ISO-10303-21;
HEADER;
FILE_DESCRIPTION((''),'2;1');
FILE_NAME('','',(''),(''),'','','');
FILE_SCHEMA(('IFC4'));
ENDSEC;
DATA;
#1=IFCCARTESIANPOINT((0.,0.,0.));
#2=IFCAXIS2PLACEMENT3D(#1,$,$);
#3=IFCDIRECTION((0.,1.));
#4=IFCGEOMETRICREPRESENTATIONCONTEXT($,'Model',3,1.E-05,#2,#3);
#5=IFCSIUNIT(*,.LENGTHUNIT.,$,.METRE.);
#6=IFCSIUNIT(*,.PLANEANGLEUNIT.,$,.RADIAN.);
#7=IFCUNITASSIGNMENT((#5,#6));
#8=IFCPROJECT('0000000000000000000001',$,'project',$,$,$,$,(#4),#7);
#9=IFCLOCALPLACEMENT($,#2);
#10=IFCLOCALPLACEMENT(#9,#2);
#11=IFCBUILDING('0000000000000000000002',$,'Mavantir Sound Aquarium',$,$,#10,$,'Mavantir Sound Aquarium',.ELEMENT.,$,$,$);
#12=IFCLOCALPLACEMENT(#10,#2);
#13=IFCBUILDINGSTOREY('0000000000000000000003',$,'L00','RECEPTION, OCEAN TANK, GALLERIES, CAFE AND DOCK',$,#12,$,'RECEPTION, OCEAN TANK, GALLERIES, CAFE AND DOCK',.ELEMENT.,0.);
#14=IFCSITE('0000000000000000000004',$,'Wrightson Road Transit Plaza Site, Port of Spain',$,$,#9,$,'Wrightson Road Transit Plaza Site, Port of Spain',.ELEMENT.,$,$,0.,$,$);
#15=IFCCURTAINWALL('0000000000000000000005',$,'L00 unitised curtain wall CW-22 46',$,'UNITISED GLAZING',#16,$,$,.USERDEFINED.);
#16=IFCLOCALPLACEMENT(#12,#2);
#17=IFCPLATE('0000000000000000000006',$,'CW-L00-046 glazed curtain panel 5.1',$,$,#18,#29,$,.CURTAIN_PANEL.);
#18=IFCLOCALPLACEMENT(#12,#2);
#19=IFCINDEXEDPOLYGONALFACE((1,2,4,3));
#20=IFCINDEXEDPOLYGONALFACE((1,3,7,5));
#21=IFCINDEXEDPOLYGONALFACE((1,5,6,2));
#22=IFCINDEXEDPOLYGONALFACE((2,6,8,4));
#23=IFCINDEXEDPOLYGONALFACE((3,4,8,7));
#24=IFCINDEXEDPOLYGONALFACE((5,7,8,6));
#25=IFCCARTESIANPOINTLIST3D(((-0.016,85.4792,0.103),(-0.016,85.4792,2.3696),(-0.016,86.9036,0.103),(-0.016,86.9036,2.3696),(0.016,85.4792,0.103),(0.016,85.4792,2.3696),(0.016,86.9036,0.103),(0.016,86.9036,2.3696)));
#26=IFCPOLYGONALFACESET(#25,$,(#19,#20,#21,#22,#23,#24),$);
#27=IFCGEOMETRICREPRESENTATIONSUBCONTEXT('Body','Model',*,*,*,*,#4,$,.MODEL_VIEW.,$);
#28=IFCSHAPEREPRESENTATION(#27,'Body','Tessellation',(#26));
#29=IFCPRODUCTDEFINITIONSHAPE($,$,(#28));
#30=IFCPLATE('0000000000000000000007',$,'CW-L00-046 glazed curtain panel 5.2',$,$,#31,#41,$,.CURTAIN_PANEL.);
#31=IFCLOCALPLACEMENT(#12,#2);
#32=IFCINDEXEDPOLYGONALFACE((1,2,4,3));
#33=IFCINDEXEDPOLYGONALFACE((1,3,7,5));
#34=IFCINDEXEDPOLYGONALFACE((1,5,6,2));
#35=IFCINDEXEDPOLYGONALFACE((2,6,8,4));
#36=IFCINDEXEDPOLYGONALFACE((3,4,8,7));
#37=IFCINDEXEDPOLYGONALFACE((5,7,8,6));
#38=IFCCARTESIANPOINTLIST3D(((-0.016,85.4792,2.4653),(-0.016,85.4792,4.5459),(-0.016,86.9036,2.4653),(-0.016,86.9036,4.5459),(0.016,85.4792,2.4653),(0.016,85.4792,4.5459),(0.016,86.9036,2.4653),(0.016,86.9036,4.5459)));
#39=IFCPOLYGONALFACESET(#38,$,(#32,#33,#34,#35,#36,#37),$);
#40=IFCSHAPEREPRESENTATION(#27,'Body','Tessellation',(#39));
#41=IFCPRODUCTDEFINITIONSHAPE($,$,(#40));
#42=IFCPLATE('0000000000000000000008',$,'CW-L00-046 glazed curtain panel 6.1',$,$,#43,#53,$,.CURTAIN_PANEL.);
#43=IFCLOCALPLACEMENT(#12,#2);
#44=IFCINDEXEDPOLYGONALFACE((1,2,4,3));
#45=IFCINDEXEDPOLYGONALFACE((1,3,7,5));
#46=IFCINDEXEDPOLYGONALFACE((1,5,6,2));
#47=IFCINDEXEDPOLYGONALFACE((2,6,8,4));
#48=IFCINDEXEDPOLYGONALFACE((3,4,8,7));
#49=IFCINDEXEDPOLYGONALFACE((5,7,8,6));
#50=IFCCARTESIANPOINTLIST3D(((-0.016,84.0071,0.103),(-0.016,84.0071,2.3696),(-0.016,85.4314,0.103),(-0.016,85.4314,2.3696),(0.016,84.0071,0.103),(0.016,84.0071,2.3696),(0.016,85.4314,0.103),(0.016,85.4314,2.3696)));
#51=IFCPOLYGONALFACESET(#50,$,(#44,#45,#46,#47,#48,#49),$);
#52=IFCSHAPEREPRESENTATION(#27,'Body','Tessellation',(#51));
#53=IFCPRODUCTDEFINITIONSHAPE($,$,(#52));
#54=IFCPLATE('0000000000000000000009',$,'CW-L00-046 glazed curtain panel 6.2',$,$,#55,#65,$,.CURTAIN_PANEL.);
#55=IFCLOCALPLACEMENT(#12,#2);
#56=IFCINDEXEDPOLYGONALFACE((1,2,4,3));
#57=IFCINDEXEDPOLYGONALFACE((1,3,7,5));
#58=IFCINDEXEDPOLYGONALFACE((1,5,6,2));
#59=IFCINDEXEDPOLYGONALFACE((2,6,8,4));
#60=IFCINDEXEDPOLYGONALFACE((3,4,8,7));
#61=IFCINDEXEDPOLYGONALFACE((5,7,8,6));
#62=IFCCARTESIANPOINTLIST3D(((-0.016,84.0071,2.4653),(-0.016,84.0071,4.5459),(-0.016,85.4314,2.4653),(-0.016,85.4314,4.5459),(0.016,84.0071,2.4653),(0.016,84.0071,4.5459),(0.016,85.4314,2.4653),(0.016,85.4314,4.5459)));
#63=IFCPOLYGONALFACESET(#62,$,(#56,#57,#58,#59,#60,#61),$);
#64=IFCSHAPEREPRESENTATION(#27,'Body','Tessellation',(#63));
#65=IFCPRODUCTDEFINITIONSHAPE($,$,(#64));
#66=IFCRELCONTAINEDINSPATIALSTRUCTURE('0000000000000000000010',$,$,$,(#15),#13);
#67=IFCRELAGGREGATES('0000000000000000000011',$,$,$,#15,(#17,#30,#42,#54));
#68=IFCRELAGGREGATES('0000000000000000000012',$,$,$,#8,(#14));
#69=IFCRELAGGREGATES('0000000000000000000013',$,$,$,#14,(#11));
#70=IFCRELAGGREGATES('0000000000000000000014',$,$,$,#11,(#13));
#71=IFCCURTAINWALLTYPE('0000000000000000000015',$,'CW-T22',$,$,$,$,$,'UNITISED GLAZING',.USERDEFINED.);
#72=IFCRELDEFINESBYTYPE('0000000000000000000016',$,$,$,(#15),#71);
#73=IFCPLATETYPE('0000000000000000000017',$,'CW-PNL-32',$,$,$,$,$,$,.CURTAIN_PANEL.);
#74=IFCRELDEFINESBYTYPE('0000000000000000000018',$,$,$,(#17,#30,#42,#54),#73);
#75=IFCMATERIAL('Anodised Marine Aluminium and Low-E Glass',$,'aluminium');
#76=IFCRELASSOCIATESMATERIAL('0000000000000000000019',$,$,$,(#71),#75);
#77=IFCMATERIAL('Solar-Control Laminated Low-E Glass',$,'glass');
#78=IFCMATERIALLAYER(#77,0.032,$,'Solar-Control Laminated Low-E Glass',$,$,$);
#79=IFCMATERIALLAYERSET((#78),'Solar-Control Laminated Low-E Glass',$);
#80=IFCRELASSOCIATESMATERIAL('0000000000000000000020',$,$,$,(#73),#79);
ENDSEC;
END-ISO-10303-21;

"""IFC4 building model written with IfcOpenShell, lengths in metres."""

from ifc_helpers import new_model, si_unit, direction, frame, origin, origin_2d, place, context, subcontext, project, spatial, rectangle, extrude, material, layer, layer_set, type_object, element, aggregate, save


model = new_model("IFC4")

# Units and contexts
model_context = context("Model", 3, precision=1e-05, world=origin(), true_north=direction((0.0, 1.0)))
body_context = subcontext(model_context, "Body", "Model", "MODEL_VIEW")
ifc_project = project(units=[si_unit("LENGTHUNIT", "METRE"), si_unit("PLANEANGLEUNIT", "RADIAN")], contexts=[model_context])

# Site, building, storey
site_placement = place(None, origin())
site = spatial("IfcSite", under=ifc_project, at=site_placement, Name="Wrightson Road Transit Plaza Site, Port of Spain", LongName="Wrightson Road Transit Plaza Site, Port of Spain", CompositionType="ELEMENT", RefElevation=0.0)
building_placement = place(site_placement, origin())
building = spatial("IfcBuilding", under=site, at=building_placement, Name="Mavantir Sound Aquarium", LongName="Mavantir Sound Aquarium", CompositionType="ELEMENT")
storey_placement = place(building_placement, origin())
storey = spatial("IfcBuildingStorey", under=building, at=storey_placement, Name="L00", Description="RECEPTION, OCEAN TANK, GALLERIES, CAFE AND DOCK", LongName="RECEPTION, OCEAN TANK, GALLERIES, CAFE AND DOCK", CompositionType="ELEMENT", Elevation=0.0)

# Curtain wall, plates
ifc_material_1 = material(Name="Anodised Marine Aluminium and Low-E Glass", Category="aluminium")
curtain_wall_type = type_object("IfcCurtainWallType", Name="CW-T22", ElementType="UNITISED GLAZING", PredefinedType="USERDEFINED", material=ifc_material_1)
curtain_wall_placement = place(storey_placement, origin())
curtain_wall = element("IfcCurtainWall", 1, at=curtain_wall_placement, inside=storey, type_object=curtain_wall_type, Name="L00 unitised curtain wall CW-22 46", ObjectType="UNITISED GLAZING", PredefinedType="USERDEFINED")
ifc_material_2 = material(Name="Solar-Control Laminated Low-E Glass", Category="glass")
ifc_layer = layer(ifc_material_2, 0.032, Name="Solar-Control Laminated Low-E Glass")
ifc_layer_set = layer_set([ifc_layer], Name="Solar-Control Laminated Low-E Glass")
plate_type = type_object("IfcPlateType", Name="CW-PNL-32", PredefinedType="CURTAIN_PANEL", material=ifc_layer_set)
plate_1_placement = place(storey_placement, frame((0.0, 86.1914, 0.103), z_axis=(0.0, 0.0, 1.0), x_axis=(0.0, -1.0, 0.0)))
plate_1 = element("IfcPlate", 2, at=plate_1_placement, type_object=plate_type, Name="CW-L00-046 glazed curtain panel 5.1", PredefinedType="CURTAIN_PANEL", context=body_context, shape_type="SweptSolid", body=[
    extrude(rectangle(XDim=1.4243, YDim=0.032, at=origin_2d()), origin(), (0.0, 0.0, 1.0), 2.2666),
])
plate_2_placement = place(storey_placement, frame((0.0, 86.1914, 2.4653), z_axis=(0.0, 0.0, 1.0), x_axis=(0.0, -1.0, 0.0)))
plate_2 = element("IfcPlate", 3, at=plate_2_placement, type_object=plate_type, Name="CW-L00-046 glazed curtain panel 5.2", PredefinedType="CURTAIN_PANEL", context=body_context, shape_type="SweptSolid", body=[
    extrude(rectangle(XDim=1.4243, YDim=0.032, at=origin_2d()), origin(), (0.0, 0.0, 1.0), 2.0806),
])
plate_3_placement = place(storey_placement, frame((0.0, 84.7192, 0.103), z_axis=(0.0, 0.0, 1.0), x_axis=(0.0, -1.0, 0.0)))
plate_3 = element("IfcPlate", 4, at=plate_3_placement, type_object=plate_type, Name="CW-L00-046 glazed curtain panel 6.1", PredefinedType="CURTAIN_PANEL", context=body_context, shape_type="SweptSolid", body=[
    extrude(rectangle(XDim=1.4243, YDim=0.032, at=origin_2d()), origin(), (0.0, 0.0, 1.0), 2.2666),
])
plate_4_placement = place(storey_placement, frame((0.0, 84.7192, 2.4653), z_axis=(0.0, 0.0, 1.0), x_axis=(0.0, -1.0, 0.0)))
plate_4 = element("IfcPlate", 5, at=plate_4_placement, type_object=plate_type, Name="CW-L00-046 glazed curtain panel 6.2", PredefinedType="CURTAIN_PANEL", context=body_context, shape_type="SweptSolid", body=[
    extrude(rectangle(XDim=1.4243, YDim=0.032, at=origin_2d()), origin(), (0.0, 0.0, 1.0), 2.0806),
])
aggregate(curtain_wall, [plate_1, plate_2, plate_3, plate_4])

save(model, "model.ifc")
